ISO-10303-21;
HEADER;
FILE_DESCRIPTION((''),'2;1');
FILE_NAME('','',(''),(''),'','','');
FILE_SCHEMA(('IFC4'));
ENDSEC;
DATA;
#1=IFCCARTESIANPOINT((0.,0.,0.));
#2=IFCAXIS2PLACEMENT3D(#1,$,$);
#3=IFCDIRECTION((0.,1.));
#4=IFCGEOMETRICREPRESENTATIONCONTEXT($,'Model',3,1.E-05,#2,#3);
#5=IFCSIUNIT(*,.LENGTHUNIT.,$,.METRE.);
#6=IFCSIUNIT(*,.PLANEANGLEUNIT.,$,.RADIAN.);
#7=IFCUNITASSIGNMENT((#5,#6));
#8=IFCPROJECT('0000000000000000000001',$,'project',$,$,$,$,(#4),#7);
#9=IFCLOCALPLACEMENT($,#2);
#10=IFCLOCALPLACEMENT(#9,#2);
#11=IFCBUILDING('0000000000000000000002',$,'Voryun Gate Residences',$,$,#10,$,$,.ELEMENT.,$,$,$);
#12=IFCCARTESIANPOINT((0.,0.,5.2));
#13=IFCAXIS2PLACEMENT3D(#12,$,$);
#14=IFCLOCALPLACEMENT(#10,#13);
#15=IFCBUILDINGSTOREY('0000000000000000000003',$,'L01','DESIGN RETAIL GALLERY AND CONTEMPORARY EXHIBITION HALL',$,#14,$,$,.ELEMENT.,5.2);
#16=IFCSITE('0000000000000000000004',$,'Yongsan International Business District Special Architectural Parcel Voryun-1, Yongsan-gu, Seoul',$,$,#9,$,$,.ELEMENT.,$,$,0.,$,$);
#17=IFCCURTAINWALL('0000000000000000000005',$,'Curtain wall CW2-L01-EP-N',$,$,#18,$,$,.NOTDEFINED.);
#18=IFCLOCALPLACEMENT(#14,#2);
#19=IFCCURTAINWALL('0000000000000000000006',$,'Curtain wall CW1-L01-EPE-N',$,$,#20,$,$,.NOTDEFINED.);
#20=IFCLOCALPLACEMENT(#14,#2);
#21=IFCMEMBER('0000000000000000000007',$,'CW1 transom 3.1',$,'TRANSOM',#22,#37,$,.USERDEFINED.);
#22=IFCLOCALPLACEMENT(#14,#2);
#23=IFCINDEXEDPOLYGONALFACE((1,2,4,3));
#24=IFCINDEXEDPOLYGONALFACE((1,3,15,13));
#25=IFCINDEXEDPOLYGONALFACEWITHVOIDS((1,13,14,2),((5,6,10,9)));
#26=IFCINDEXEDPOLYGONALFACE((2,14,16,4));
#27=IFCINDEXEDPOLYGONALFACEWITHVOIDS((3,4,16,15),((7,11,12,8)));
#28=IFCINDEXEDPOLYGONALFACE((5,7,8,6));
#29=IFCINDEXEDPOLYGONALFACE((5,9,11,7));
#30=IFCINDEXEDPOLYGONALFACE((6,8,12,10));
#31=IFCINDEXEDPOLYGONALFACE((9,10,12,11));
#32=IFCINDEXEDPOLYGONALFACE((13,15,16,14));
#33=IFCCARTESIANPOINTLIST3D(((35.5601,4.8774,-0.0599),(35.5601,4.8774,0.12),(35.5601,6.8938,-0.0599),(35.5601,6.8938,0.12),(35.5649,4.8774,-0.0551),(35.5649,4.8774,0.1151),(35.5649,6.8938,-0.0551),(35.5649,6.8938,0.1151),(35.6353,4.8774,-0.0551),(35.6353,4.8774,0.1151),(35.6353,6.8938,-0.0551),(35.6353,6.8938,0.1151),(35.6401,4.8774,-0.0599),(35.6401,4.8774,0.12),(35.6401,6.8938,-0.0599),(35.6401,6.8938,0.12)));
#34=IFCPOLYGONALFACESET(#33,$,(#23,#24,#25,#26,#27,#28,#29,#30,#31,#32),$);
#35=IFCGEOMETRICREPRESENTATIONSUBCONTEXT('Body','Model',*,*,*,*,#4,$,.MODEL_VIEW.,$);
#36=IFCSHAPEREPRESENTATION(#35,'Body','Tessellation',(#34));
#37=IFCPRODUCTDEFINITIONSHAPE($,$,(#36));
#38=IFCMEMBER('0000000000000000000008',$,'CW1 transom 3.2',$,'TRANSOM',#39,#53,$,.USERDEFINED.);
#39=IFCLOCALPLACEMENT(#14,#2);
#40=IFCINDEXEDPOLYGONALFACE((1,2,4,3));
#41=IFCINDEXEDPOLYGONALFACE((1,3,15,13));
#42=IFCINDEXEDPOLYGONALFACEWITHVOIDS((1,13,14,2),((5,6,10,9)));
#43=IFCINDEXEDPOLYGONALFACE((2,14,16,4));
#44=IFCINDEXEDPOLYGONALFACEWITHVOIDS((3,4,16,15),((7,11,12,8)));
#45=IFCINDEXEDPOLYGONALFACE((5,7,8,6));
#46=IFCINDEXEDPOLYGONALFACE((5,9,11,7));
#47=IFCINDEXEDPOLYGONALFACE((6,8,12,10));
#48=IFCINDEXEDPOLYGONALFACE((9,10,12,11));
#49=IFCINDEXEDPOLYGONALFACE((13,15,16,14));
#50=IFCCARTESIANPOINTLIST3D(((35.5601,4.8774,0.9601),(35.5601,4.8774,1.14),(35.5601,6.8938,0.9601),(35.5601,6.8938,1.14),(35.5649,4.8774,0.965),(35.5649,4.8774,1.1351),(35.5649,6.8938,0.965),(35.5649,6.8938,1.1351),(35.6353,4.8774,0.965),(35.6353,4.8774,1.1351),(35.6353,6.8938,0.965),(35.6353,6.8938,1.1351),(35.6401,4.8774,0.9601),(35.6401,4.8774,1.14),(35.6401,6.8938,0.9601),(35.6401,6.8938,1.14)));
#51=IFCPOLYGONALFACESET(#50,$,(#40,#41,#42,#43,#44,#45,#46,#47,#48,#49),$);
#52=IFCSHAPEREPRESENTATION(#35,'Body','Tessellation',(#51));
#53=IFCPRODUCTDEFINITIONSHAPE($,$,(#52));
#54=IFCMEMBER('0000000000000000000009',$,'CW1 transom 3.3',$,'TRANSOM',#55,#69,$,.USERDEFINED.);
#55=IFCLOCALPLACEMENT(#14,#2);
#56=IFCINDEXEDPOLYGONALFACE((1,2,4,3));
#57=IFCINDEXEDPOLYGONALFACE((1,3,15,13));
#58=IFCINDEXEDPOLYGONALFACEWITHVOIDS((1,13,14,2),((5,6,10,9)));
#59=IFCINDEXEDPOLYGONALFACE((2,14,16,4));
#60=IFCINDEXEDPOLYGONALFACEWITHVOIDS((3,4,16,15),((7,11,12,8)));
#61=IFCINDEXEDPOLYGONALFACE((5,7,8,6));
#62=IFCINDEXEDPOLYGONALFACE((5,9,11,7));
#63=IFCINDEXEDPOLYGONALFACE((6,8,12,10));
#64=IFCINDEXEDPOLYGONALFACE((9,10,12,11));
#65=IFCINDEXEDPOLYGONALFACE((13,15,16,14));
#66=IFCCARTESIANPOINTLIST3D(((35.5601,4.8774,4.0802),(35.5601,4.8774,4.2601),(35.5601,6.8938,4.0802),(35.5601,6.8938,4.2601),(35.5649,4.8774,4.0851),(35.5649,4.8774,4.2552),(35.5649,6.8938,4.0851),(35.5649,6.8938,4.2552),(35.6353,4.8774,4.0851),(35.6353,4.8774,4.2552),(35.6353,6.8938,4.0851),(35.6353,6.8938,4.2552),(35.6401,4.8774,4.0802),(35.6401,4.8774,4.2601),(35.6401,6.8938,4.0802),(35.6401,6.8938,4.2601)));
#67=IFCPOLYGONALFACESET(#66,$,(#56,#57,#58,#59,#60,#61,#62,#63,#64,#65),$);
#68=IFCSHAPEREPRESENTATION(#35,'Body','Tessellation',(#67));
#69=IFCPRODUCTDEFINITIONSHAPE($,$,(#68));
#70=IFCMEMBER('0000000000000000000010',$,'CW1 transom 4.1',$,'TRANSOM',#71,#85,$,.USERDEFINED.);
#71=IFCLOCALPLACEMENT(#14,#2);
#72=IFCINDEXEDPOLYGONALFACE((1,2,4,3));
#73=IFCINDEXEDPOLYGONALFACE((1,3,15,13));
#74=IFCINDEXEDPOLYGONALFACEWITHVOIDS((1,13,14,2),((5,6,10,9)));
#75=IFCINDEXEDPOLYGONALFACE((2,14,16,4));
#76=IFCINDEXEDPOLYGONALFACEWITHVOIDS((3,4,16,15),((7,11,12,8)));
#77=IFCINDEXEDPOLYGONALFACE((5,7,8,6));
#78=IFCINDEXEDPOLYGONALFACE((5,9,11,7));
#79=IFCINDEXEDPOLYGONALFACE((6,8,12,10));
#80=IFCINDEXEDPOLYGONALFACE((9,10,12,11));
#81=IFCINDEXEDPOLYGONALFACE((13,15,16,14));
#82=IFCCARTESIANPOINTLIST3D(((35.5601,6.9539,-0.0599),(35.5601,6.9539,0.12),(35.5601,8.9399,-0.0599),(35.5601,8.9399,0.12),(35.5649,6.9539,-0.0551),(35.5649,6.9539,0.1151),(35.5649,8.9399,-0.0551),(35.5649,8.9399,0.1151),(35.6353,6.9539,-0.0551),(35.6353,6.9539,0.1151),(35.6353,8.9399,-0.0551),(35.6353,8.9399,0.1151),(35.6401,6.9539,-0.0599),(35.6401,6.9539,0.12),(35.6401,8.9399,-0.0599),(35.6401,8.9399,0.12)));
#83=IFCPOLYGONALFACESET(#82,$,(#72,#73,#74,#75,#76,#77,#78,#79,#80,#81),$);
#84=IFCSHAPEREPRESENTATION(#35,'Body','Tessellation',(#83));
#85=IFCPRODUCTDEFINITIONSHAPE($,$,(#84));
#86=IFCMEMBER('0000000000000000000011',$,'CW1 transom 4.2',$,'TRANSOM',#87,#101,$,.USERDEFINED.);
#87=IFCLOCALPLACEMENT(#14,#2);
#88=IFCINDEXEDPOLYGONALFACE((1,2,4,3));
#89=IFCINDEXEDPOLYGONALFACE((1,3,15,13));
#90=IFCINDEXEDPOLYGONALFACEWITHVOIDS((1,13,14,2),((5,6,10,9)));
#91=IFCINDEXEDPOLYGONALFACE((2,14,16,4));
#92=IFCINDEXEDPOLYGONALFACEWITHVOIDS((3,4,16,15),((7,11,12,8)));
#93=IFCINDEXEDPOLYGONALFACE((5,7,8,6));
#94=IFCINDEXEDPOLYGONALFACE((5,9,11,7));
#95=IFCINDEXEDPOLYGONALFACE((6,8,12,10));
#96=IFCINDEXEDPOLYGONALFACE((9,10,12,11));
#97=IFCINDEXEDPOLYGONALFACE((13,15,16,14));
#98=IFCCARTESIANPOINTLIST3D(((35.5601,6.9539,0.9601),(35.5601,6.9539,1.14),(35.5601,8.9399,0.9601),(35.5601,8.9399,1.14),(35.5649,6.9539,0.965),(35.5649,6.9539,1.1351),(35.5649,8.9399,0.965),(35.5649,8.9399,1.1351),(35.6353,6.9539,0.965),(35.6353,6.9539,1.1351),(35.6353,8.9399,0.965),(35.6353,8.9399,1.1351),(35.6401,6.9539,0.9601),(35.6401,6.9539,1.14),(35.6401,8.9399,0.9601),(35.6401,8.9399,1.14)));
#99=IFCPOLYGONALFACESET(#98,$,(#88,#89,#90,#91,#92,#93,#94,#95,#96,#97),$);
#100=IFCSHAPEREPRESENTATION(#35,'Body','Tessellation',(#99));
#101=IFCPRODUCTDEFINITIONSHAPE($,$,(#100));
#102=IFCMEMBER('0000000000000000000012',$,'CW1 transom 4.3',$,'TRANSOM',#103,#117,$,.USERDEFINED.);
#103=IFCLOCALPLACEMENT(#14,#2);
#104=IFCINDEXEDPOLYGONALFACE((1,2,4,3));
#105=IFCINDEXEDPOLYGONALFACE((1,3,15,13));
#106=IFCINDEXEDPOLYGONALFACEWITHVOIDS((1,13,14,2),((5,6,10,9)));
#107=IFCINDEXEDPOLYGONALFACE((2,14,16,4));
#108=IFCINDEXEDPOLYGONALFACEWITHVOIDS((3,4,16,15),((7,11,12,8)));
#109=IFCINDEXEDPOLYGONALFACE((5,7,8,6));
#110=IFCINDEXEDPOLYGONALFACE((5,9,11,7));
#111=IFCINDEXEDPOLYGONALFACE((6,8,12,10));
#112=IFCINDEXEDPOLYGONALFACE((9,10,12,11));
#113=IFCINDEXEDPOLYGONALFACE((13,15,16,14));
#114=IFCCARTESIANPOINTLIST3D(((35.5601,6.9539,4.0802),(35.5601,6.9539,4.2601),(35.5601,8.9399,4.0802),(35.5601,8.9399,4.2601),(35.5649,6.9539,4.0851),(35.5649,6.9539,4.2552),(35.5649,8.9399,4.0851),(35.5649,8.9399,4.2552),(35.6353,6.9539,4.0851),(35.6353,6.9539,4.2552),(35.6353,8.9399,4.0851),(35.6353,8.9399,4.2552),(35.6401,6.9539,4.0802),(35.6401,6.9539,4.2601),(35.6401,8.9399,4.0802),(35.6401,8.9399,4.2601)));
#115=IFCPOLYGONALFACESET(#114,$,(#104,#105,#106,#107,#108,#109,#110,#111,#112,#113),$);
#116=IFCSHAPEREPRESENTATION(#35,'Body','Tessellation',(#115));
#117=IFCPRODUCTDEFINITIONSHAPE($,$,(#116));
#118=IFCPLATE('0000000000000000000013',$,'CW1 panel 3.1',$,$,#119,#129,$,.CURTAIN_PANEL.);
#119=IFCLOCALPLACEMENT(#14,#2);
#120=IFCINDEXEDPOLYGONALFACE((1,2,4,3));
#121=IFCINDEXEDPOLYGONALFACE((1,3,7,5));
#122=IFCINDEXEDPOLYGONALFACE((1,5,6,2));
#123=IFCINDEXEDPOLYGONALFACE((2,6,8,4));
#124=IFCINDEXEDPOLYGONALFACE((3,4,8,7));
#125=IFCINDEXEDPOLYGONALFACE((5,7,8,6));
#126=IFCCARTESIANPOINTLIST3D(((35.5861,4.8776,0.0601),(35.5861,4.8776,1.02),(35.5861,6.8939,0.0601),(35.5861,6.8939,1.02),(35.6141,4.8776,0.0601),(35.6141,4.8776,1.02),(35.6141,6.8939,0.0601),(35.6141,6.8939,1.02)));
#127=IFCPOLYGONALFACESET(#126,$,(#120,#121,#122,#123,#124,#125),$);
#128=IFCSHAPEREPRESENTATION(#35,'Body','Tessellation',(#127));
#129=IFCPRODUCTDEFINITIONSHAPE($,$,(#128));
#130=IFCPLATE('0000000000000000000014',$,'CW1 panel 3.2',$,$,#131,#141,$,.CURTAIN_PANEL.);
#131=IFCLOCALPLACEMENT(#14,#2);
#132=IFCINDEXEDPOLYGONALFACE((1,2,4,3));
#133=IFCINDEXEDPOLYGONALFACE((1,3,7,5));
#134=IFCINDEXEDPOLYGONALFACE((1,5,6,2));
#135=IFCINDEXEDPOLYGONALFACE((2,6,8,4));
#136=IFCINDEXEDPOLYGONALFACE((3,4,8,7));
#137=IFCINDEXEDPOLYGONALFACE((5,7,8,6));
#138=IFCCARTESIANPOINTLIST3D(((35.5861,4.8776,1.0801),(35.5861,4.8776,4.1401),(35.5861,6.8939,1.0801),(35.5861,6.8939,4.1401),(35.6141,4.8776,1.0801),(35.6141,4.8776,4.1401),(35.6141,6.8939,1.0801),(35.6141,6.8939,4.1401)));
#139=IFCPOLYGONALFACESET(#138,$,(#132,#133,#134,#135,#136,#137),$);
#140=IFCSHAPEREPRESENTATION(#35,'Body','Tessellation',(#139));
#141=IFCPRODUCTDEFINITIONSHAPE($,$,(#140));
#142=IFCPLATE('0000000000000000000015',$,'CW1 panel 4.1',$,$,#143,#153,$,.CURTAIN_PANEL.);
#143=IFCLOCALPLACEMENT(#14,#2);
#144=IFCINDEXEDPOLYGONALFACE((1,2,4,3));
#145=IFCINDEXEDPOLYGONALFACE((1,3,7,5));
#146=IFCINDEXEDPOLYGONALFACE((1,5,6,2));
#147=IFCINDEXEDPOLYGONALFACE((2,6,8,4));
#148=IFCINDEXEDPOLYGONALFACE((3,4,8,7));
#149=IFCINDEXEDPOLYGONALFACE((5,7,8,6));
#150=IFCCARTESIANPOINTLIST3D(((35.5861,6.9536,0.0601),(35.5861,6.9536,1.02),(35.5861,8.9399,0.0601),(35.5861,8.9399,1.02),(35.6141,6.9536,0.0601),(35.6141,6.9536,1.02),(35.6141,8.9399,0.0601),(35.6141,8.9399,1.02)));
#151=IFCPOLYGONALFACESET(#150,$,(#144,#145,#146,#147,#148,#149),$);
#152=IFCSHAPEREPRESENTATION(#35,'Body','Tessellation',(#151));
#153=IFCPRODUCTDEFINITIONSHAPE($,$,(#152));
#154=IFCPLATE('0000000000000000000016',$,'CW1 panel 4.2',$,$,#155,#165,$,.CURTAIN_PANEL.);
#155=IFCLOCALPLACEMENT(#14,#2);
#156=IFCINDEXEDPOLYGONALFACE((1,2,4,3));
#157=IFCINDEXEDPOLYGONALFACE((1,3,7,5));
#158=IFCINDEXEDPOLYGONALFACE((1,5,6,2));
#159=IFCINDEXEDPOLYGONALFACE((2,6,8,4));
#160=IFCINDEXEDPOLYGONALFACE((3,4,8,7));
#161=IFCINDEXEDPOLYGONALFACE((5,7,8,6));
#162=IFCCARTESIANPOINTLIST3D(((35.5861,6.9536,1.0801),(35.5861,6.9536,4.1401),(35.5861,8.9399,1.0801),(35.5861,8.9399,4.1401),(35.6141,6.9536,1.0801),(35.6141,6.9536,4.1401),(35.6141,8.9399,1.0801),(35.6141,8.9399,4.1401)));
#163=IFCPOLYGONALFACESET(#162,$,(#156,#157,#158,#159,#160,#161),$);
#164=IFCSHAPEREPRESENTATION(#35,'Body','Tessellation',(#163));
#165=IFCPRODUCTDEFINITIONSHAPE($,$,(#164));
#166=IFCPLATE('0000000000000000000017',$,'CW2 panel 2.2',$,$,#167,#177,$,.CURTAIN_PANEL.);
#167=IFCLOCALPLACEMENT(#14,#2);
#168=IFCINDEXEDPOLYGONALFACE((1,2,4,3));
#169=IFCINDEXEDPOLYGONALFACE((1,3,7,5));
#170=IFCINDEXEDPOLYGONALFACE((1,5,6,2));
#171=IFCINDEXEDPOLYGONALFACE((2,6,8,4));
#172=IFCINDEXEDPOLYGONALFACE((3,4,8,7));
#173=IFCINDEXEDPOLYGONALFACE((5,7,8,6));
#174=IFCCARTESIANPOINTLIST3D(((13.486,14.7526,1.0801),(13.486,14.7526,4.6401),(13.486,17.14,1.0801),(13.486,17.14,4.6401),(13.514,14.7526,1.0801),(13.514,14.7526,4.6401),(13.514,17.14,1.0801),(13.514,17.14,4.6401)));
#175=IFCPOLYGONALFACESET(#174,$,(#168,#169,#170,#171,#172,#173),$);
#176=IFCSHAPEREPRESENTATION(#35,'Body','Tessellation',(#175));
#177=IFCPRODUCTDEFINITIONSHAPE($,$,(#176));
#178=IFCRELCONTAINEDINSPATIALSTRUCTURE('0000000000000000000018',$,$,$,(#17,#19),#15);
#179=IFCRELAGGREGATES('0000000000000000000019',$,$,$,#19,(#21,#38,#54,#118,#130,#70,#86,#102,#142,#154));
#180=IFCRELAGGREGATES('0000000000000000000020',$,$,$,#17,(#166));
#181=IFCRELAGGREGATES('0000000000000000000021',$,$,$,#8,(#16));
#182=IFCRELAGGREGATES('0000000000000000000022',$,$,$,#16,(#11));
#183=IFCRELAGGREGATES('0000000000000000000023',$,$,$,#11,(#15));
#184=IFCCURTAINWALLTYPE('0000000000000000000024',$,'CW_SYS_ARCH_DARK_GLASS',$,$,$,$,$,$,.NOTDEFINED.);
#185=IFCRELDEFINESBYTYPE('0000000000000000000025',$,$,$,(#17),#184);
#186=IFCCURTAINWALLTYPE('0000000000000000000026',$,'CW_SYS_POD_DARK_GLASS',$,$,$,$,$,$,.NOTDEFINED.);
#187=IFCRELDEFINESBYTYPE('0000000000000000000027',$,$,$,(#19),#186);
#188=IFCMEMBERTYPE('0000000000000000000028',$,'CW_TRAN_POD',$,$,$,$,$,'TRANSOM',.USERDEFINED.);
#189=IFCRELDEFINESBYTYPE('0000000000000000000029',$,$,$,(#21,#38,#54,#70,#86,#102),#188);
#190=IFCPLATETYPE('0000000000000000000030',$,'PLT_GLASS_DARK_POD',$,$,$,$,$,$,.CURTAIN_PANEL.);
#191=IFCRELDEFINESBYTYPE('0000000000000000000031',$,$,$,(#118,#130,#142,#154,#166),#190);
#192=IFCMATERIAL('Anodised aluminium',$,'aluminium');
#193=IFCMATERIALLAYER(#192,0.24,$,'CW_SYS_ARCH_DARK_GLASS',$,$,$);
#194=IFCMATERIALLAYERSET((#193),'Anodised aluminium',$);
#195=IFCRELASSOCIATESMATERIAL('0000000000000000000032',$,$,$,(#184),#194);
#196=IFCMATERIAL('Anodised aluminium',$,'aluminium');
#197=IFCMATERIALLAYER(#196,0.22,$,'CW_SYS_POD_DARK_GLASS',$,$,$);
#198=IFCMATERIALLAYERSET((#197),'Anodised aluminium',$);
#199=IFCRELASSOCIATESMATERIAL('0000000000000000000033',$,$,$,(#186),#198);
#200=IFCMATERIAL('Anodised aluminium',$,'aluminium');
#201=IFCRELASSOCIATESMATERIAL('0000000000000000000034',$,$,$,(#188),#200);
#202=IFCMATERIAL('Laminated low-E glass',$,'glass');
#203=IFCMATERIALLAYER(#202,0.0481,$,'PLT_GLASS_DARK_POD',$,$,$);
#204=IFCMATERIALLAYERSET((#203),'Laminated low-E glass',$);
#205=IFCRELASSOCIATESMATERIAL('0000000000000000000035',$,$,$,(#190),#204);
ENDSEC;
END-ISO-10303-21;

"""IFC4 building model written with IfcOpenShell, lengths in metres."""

from ifc_helpers import new_model, si_unit, direction, frame, origin, origin_2d, place, context, subcontext, project, spatial, rectangle, hollow_rectangle, extrude, material, layer, layer_set, material_profile, profile_set, type_object, element, aggregate, save


model = new_model("IFC4")

# Units and contexts
model_context = context("Model", 3, precision=1e-05, world=origin(), true_north=direction((0.0, 1.0)))
body_context = subcontext(model_context, "Body", "Model", "MODEL_VIEW")
ifc_project = project(units=[si_unit("LENGTHUNIT", "METRE"), si_unit("PLANEANGLEUNIT", "RADIAN")], contexts=[model_context])

# Site, building, storey
site_placement = place(None, origin())
site = spatial("IfcSite", under=ifc_project, at=site_placement, Name="Yongsan International Business District Special Architectural Parcel Voryun-1, Yongsan-gu, Seoul", CompositionType="ELEMENT", RefElevation=0.0)
building_placement = place(site_placement, origin())
building = spatial("IfcBuilding", under=site, at=building_placement, Name="Voryun Gate Residences", CompositionType="ELEMENT")
storey_placement = place(building_placement, frame((0.0, 0.0, 5.2)))
storey = spatial("IfcBuildingStorey", under=building, at=storey_placement, Name="L01", Description="DESIGN RETAIL GALLERY AND CONTEMPORARY EXHIBITION HALL", CompositionType="ELEMENT", Elevation=5.2)

# Curtain wall
ifc_material_1 = material(Name="Anodised aluminium", Category="aluminium")
ifc_layer_1 = layer(ifc_material_1, 0.24, Name="CW_SYS_ARCH_DARK_GLASS")
ifc_layer_set_1 = layer_set([ifc_layer_1], Name="Anodised aluminium")
curtain_wall_type_1 = type_object("IfcCurtainWallType", Name="CW_SYS_ARCH_DARK_GLASS", PredefinedType="NOTDEFINED", material=ifc_layer_set_1)
curtain_wall_1_placement = place(storey_placement, origin())
curtain_wall_1 = element("IfcCurtainWall", 1, at=curtain_wall_1_placement, inside=storey, type_object=curtain_wall_type_1, Name="Curtain wall CW2-L01-EP-N", PredefinedType="NOTDEFINED")

# Curtain wall, members, plates
ifc_material_2 = material(Name="Anodised aluminium", Category="aluminium")
ifc_layer_2 = layer(ifc_material_2, 0.22, Name="CW_SYS_POD_DARK_GLASS")
ifc_layer_set_2 = layer_set([ifc_layer_2], Name="Anodised aluminium")
curtain_wall_type_2 = type_object("IfcCurtainWallType", Name="CW_SYS_POD_DARK_GLASS", PredefinedType="NOTDEFINED", material=ifc_layer_set_2)
curtain_wall_2_placement = place(storey_placement, origin())
curtain_wall_2 = element("IfcCurtainWall", 2, at=curtain_wall_2_placement, inside=storey, type_object=curtain_wall_type_2, Name="Curtain wall CW1-L01-EPE-N", PredefinedType="NOTDEFINED")
ifc_material_3 = material(Name="Anodised aluminium", Category="aluminium")
ifc_material_profile_1 = material_profile(ifc_material_3, hollow_rectangle(XDim=0.0801, YDim=0.1799, WallThickness=0.0049, at=origin_2d()), Name="ALU-TRAN-180x80x5")
ifc_profile_set_1 = profile_set([ifc_material_profile_1], Name="Anodised aluminium")
member_type_1 = type_object("IfcMemberType", Name="CW_TRAN_POD", ElementType="TRANSOM", PredefinedType="USERDEFINED", material=ifc_profile_set_1)
member_1_placement = place(storey_placement, frame((35.6001, 4.8774, 0.03), z_axis=(0.0, 1.0, 0.0), x_axis=(-1.0, 0.0, 0.0)))
member_1 = element("IfcMember", 3, at=member_1_placement, type_object=member_type_1, Name="CW1 transom 3.1", ObjectType="TRANSOM", PredefinedType="USERDEFINED", context=body_context, shape_type="SweptSolid", body=[
    extrude(hollow_rectangle(XDim=0.0801, YDim=0.1799, WallThickness=0.0049, at=origin_2d()), origin(), (0.0, 0.0, 1.0), 2.0164),
])
member_2_placement = place(storey_placement, frame((35.6001, 4.8774, 1.05), z_axis=(0.0, 1.0, 0.0), x_axis=(-1.0, 0.0, 0.0)))
member_2 = element("IfcMember", 4, at=member_2_placement, type_object=member_type_1, Name="CW1 transom 3.2", ObjectType="TRANSOM", PredefinedType="USERDEFINED", context=body_context, shape_type="SweptSolid", body=[
    extrude(hollow_rectangle(XDim=0.0801, YDim=0.1799, WallThickness=0.0049, at=origin_2d()), origin(), (0.0, 0.0, 1.0), 2.0164),
])
member_3_placement = place(storey_placement, frame((35.6001, 4.8774, 4.1702), z_axis=(0.0, 1.0, 0.0), x_axis=(-1.0, 0.0, 0.0)))
member_3 = element("IfcMember", 5, at=member_3_placement, type_object=member_type_1, Name="CW1 transom 3.3", ObjectType="TRANSOM", PredefinedType="USERDEFINED", context=body_context, shape_type="SweptSolid", body=[
    extrude(hollow_rectangle(XDim=0.0801, YDim=0.1799, WallThickness=0.0049, at=origin_2d()), origin(), (0.0, 0.0, 1.0), 2.0164),
])
member_4_placement = place(storey_placement, frame((35.6001, 6.9539, 0.03), z_axis=(0.0, 1.0, 0.0), x_axis=(-1.0, 0.0, 0.0)))
member_4 = element("IfcMember", 6, at=member_4_placement, type_object=member_type_1, Name="CW1 transom 4.1", ObjectType="TRANSOM", PredefinedType="USERDEFINED", context=body_context, shape_type="SweptSolid", body=[
    extrude(hollow_rectangle(XDim=0.0801, YDim=0.1799, WallThickness=0.0049, at=origin_2d()), origin(), (0.0, 0.0, 1.0), 1.9861),
])
member_5_placement = place(storey_placement, frame((35.6001, 6.9539, 1.05), z_axis=(0.0, 1.0, 0.0), x_axis=(-1.0, 0.0, 0.0)))
member_5 = element("IfcMember", 7, at=member_5_placement, type_object=member_type_1, Name="CW1 transom 4.2", ObjectType="TRANSOM", PredefinedType="USERDEFINED", context=body_context, shape_type="SweptSolid", body=[
    extrude(hollow_rectangle(XDim=0.0801, YDim=0.1799, WallThickness=0.0049, at=origin_2d()), origin(), (0.0, 0.0, 1.0), 1.9861),
])
member_6_placement = place(storey_placement, frame((35.6001, 6.9539, 4.1702), z_axis=(0.0, 1.0, 0.0), x_axis=(-1.0, 0.0, 0.0)))
member_6 = element("IfcMember", 8, at=member_6_placement, type_object=member_type_1, Name="CW1 transom 4.3", ObjectType="TRANSOM", PredefinedType="USERDEFINED", context=body_context, shape_type="SweptSolid", body=[
    extrude(hollow_rectangle(XDim=0.0801, YDim=0.1799, WallThickness=0.0049, at=origin_2d()), origin(), (0.0, 0.0, 1.0), 1.9861),
])
ifc_material_4 = material(Name="Laminated low-E glass", Category="glass")
ifc_layer_3 = layer(ifc_material_4, 0.0481, Name="PLT_GLASS_DARK_POD")
ifc_layer_set_3 = layer_set([ifc_layer_3], Name="Laminated low-E glass")
plate_type = type_object("IfcPlateType", Name="PLT_GLASS_DARK_POD", PredefinedType="CURTAIN_PANEL", material=ifc_layer_set_3)
plate_1_placement = place(storey_placement, frame((35.6001, 5.8857, 0.0601), z_axis=(0.0, 0.0, 1.0), x_axis=(0.0, 1.0, 0.0)))
plate_1 = element("IfcPlate", 9, at=plate_1_placement, type_object=plate_type, Name="CW1 panel 3.1", PredefinedType="CURTAIN_PANEL", context=body_context, shape_type="SweptSolid", body=[
    extrude(rectangle(XDim=2.0164, YDim=0.0281, at=origin_2d()), origin(), (0.0, 0.0, 1.0), 0.96),
])
plate_2_placement = place(storey_placement, frame((35.6001, 5.8857, 1.0801), z_axis=(0.0, 0.0, 1.0), x_axis=(0.0, 1.0, 0.0)))
plate_2 = element("IfcPlate", 10, at=plate_2_placement, type_object=plate_type, Name="CW1 panel 3.2", PredefinedType="CURTAIN_PANEL", context=body_context, shape_type="SweptSolid", body=[
    extrude(rectangle(XDim=2.0164, YDim=0.0281, at=origin_2d()), origin(), (0.0, 0.0, 1.0), 3.0601),
])
plate_3_placement = place(storey_placement, frame((35.6001, 7.9468, 0.0601), z_axis=(0.0, 0.0, 1.0), x_axis=(0.0, 1.0, 0.0)))
plate_3 = element("IfcPlate", 11, at=plate_3_placement, type_object=plate_type, Name="CW1 panel 4.1", PredefinedType="CURTAIN_PANEL", context=body_context, shape_type="SweptSolid", body=[
    extrude(rectangle(XDim=1.9863, YDim=0.0281, at=origin_2d()), origin(), (0.0, 0.0, 1.0), 0.96),
])
plate_4_placement = place(storey_placement, frame((35.6001, 7.9468, 1.0801), z_axis=(0.0, 0.0, 1.0), x_axis=(0.0, 1.0, 0.0)))
plate_4 = element("IfcPlate", 12, at=plate_4_placement, type_object=plate_type, Name="CW1 panel 4.2", PredefinedType="CURTAIN_PANEL", context=body_context, shape_type="SweptSolid", body=[
    extrude(rectangle(XDim=1.9863, YDim=0.0281, at=origin_2d()), origin(), (0.0, 0.0, 1.0), 3.0601),
])
aggregate(curtain_wall_2, [member_1, member_2, member_3, plate_1, plate_2, member_4, member_5, member_6, plate_3, plate_4])

# Plate
plate_5_placement = place(storey_placement, frame((13.5, 15.9463, 1.0801), z_axis=(0.0, 0.0, 1.0), x_axis=(0.0, 1.0, 0.0)))
plate_5 = element("IfcPlate", 13, at=plate_5_placement, type_object=plate_type, Name="CW2 panel 2.2", PredefinedType="CURTAIN_PANEL", context=body_context, shape_type="SweptSolid", body=[
    extrude(rectangle(XDim=2.3875, YDim=0.0281, at=origin_2d()), origin(), (0.0, 0.0, 1.0), 3.5601),
])
aggregate(curtain_wall_1, [plate_5])

save(model, "model.ifc")
